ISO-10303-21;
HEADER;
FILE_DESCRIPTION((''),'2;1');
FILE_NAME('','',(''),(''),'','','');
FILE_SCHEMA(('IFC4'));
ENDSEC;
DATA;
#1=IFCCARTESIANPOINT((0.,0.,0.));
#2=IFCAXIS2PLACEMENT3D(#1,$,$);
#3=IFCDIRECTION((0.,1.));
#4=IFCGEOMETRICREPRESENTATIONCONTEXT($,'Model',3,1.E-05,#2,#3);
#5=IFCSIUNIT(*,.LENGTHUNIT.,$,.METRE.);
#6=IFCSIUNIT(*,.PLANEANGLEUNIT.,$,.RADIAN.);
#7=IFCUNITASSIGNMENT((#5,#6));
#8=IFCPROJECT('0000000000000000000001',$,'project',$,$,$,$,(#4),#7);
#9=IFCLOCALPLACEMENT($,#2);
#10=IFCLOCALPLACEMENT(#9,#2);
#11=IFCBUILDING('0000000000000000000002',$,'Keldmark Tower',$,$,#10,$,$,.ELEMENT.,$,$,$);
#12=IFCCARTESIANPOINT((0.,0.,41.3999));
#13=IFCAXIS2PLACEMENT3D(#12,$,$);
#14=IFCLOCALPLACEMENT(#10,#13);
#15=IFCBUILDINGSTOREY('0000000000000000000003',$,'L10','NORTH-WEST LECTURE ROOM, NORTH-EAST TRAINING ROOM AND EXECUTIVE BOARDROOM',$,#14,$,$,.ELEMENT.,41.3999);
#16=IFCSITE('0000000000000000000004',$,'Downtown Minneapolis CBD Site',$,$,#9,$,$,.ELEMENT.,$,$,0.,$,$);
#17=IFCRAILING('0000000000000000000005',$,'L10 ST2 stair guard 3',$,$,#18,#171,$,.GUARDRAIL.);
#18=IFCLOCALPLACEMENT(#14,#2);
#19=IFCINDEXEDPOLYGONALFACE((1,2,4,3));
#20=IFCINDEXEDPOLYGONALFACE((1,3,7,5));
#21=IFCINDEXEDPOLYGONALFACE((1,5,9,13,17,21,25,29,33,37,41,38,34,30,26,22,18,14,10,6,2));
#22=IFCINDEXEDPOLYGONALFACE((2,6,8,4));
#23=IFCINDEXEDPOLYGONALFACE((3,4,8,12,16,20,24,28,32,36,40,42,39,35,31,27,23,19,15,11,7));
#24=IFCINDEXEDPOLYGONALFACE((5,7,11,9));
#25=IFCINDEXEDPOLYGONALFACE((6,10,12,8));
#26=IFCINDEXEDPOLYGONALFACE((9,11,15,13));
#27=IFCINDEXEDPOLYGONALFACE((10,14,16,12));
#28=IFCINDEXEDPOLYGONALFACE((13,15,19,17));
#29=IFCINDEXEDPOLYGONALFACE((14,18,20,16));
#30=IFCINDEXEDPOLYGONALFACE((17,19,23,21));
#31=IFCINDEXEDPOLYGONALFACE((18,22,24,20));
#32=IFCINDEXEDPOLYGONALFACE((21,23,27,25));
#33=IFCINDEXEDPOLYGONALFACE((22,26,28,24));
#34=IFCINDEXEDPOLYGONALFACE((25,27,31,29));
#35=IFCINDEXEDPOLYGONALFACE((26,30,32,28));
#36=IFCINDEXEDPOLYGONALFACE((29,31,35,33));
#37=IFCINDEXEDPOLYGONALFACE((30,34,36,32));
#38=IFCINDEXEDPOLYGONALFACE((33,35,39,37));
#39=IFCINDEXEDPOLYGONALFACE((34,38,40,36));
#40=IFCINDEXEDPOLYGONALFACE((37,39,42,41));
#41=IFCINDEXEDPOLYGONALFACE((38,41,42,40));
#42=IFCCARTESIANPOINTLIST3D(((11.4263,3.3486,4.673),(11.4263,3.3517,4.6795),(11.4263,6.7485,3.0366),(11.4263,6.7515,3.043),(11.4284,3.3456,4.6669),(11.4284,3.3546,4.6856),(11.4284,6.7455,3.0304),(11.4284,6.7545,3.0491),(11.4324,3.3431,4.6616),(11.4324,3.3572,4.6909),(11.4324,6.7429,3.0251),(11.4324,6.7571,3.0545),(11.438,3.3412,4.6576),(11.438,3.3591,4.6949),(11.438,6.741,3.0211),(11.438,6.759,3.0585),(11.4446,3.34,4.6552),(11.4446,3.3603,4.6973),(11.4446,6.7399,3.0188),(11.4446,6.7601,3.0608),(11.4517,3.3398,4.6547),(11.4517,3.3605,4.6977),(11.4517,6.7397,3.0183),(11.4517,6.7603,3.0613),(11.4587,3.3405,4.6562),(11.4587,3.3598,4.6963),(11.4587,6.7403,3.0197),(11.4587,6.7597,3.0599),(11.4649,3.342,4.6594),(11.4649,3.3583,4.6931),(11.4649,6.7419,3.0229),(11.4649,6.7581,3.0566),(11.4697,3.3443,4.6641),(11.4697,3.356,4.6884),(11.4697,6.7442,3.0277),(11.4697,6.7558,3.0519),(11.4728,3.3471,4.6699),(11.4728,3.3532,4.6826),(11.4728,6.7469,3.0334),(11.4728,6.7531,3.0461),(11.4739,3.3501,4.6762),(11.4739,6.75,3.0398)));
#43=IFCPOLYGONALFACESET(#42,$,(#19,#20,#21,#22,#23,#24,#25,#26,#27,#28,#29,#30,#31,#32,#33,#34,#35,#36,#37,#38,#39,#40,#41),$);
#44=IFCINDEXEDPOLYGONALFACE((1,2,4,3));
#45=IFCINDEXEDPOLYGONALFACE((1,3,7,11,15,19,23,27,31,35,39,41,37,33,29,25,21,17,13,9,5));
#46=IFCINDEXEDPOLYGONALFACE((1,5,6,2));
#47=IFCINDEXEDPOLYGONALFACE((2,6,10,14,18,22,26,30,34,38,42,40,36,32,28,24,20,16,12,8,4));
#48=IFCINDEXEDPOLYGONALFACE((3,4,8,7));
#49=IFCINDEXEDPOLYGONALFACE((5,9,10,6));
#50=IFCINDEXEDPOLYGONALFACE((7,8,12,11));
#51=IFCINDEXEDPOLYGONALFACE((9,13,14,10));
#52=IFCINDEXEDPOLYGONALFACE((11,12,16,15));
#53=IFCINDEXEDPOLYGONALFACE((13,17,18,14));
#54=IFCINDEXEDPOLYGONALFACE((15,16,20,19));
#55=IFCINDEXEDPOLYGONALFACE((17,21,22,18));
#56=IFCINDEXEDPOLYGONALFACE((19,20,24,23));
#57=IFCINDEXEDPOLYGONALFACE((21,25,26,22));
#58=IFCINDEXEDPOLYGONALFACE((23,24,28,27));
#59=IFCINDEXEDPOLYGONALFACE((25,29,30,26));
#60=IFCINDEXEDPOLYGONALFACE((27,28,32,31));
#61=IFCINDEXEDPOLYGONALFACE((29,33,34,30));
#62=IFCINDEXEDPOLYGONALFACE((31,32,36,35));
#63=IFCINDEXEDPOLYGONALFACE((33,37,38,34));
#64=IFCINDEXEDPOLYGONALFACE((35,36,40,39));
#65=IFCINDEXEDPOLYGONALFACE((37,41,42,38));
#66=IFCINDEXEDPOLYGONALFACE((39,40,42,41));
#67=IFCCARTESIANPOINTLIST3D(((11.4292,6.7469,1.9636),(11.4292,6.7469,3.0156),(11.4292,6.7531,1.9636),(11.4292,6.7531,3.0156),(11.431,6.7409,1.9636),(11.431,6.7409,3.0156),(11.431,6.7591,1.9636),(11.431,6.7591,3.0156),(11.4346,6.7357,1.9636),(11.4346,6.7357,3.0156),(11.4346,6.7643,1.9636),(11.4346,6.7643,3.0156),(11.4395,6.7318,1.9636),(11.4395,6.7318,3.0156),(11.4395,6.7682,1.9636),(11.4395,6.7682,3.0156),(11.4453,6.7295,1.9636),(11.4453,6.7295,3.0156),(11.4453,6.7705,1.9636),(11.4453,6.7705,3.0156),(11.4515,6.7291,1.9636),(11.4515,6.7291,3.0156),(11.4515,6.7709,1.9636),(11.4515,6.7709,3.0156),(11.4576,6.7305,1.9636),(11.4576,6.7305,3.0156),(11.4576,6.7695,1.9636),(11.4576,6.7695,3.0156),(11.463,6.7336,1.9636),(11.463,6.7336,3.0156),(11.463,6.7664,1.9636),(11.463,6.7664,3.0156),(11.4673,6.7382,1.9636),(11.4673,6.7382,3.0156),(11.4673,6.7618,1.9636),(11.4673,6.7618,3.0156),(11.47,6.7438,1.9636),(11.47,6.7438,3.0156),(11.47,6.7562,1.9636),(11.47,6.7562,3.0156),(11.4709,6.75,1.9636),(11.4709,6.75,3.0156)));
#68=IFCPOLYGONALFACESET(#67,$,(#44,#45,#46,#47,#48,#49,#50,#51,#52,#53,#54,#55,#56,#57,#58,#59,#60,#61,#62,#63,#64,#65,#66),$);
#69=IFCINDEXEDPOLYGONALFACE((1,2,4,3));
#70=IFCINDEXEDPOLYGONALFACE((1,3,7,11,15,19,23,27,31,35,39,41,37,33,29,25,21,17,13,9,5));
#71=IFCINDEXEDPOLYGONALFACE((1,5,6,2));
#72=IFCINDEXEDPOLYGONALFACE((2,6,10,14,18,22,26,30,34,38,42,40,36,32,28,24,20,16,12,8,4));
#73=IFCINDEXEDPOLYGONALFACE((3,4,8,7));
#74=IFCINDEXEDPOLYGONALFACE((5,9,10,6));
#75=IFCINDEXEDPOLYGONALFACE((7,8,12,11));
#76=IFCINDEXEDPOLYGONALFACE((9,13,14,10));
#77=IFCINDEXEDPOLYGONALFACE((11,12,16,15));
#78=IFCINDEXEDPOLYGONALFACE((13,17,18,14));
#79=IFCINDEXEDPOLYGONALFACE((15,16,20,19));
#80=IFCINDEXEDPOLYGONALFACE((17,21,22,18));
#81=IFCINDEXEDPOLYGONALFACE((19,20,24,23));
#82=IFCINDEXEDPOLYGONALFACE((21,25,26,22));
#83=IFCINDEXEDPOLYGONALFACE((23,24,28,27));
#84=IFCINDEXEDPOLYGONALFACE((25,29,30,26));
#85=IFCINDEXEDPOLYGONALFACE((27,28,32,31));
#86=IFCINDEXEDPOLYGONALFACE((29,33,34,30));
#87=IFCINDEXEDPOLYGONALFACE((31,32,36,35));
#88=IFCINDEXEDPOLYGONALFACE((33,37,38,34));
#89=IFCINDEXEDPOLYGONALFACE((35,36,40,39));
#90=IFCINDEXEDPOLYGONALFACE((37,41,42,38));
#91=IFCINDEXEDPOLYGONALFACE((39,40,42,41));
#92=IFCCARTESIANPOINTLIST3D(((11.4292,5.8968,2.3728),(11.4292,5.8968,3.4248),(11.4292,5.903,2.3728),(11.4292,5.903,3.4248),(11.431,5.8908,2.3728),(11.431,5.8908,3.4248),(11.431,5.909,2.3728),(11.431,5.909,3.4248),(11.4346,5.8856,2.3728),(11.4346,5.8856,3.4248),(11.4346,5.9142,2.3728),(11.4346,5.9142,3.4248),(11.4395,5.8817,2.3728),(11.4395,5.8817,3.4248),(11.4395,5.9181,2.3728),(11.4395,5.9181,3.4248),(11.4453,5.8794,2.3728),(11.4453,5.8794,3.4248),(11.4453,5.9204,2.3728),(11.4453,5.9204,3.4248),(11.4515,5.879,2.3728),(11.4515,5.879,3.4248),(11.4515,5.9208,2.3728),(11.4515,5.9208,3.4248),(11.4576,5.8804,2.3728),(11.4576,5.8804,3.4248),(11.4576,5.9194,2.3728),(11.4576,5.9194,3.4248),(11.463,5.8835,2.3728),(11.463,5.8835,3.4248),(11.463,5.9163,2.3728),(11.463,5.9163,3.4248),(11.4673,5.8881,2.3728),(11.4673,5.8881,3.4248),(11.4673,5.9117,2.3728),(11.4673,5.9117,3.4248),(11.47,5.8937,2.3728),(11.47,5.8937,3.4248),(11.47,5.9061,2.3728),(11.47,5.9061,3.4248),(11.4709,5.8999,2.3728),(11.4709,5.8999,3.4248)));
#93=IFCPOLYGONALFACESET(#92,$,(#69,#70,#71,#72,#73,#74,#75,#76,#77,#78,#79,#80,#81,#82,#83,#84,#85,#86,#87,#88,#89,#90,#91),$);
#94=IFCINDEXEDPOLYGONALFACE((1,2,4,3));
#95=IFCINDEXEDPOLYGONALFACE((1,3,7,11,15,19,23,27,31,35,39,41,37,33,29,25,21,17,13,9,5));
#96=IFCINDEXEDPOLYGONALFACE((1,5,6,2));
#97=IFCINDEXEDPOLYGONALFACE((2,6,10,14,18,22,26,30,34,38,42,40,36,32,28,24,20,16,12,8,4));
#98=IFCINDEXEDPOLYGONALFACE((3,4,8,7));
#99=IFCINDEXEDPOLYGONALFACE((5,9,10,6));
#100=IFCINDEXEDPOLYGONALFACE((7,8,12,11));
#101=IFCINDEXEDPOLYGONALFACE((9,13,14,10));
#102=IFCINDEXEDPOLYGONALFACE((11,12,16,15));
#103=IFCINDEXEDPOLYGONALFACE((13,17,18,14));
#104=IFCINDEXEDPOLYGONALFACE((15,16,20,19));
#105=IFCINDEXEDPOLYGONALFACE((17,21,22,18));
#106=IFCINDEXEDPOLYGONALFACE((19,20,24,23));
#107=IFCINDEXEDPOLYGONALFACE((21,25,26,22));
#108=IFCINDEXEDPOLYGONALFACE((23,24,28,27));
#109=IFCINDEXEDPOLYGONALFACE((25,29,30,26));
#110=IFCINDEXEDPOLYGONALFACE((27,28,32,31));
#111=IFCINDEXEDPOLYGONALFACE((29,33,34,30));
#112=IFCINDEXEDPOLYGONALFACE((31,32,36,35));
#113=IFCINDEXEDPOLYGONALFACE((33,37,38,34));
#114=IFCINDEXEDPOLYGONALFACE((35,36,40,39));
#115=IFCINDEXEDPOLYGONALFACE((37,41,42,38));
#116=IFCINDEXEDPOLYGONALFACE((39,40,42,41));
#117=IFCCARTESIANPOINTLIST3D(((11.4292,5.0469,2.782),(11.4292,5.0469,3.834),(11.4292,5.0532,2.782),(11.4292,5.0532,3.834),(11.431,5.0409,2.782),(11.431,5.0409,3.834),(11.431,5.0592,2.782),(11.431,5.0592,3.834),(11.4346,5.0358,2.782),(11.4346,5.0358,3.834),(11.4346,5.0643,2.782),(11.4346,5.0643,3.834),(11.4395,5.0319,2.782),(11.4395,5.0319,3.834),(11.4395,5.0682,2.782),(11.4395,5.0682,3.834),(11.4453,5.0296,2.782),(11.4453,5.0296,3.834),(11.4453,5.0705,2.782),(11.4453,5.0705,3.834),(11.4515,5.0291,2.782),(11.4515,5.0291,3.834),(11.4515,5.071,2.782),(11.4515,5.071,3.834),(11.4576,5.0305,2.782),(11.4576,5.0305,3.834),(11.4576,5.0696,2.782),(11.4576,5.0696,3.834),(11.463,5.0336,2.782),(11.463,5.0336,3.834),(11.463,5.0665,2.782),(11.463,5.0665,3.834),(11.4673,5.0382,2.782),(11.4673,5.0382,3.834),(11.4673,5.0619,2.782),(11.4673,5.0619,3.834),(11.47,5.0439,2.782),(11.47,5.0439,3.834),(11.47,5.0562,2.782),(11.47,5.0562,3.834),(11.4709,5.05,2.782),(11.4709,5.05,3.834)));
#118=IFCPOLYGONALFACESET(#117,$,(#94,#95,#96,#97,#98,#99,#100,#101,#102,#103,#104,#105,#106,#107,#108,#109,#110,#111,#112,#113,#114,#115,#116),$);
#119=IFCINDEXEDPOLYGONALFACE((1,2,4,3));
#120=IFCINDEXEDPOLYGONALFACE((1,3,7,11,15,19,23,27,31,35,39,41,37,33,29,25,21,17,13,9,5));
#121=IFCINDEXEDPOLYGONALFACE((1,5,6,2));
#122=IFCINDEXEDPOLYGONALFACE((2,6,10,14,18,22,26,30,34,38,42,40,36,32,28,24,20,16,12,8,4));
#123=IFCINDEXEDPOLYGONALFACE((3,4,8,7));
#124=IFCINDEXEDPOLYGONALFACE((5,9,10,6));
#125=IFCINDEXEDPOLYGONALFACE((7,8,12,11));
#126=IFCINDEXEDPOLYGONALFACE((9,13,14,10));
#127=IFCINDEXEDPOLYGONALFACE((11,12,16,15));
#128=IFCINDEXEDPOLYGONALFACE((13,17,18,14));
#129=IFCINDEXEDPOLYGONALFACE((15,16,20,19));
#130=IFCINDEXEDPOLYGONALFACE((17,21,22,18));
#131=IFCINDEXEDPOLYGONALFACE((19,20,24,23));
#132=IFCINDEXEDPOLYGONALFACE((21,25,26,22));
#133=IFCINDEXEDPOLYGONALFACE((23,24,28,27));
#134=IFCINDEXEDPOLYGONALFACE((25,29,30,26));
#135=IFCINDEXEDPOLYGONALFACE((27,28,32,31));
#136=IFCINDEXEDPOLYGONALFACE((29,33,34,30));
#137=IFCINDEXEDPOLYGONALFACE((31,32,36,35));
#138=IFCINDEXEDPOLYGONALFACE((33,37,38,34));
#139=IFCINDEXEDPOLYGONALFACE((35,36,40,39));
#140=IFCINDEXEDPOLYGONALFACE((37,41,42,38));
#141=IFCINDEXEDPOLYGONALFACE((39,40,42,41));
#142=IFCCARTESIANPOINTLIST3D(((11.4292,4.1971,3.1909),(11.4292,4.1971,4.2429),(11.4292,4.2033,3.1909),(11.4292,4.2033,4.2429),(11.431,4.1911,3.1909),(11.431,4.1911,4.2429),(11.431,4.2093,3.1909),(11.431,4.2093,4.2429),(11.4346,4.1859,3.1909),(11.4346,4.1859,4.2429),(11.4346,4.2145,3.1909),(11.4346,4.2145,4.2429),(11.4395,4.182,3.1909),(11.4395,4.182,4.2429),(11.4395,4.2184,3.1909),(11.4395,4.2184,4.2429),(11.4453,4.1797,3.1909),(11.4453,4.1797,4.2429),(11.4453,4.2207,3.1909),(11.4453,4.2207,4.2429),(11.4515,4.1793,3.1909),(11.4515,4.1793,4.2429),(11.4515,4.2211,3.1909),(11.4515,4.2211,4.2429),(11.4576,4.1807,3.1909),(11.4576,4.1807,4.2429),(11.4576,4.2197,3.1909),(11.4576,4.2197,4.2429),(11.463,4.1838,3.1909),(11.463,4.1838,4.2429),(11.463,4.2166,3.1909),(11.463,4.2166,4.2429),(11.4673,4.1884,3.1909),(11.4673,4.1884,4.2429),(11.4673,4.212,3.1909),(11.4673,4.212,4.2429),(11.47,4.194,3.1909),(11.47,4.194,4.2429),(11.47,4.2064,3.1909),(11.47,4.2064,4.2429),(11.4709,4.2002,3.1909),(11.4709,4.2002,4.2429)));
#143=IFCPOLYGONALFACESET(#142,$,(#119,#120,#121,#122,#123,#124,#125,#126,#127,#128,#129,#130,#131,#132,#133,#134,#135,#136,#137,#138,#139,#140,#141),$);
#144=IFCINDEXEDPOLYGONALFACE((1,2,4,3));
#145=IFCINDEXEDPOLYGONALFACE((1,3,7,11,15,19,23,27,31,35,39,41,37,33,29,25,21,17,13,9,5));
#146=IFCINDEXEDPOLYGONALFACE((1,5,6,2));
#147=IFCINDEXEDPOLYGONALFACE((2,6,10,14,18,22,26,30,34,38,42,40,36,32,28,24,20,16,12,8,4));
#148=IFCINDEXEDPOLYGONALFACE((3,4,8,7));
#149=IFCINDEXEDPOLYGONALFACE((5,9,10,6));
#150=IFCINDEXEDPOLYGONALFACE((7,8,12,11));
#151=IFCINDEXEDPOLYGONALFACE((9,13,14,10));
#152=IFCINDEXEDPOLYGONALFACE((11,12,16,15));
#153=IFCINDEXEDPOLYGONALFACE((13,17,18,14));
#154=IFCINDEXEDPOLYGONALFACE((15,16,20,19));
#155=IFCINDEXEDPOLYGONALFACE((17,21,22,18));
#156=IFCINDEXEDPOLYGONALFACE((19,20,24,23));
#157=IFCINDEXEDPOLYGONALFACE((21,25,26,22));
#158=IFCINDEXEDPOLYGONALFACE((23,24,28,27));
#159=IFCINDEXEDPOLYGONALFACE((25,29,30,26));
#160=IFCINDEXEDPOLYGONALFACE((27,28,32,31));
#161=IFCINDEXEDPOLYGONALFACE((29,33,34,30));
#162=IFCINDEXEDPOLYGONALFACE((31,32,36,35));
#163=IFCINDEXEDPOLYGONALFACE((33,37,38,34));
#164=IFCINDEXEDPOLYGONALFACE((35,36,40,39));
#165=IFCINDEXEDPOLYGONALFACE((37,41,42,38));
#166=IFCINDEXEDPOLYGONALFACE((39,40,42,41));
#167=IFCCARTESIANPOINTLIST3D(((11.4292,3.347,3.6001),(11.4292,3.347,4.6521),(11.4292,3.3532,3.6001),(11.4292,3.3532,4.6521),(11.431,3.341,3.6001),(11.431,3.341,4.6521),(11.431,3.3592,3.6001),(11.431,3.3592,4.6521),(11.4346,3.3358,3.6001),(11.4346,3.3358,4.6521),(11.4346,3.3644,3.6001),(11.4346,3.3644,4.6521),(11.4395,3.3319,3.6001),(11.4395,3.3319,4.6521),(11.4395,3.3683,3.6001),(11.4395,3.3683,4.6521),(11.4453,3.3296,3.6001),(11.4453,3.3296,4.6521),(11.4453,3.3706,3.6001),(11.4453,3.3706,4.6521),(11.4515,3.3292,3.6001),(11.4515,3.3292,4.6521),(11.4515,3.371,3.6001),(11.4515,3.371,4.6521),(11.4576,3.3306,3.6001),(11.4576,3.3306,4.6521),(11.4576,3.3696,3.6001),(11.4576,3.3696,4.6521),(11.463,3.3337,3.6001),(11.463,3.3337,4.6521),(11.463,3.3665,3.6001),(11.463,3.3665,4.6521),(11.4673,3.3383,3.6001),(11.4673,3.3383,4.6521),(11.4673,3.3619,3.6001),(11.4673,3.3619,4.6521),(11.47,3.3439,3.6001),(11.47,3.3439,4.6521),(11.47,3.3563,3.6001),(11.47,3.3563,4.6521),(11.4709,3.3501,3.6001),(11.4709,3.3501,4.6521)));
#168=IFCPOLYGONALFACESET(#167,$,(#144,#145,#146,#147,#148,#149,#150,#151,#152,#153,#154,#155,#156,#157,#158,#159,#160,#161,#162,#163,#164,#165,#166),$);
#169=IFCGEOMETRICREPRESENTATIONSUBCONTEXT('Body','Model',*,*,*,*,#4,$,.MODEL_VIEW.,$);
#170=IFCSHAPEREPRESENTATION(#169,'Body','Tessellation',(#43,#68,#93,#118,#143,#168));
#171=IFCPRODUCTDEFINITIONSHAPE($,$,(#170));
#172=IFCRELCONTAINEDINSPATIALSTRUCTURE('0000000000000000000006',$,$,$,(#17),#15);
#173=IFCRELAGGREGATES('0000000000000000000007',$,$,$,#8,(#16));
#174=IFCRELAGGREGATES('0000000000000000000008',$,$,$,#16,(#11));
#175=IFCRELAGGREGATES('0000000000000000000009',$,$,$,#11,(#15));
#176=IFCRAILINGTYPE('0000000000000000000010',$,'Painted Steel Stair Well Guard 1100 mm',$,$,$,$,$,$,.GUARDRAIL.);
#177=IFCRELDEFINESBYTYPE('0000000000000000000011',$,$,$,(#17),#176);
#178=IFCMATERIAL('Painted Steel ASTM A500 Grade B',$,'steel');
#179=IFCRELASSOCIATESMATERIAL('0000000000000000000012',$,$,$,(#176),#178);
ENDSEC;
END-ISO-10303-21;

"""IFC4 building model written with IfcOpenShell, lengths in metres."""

from ifc_helpers import new_model, si_unit, direction, frame, origin, origin_2d, place, context, subcontext, project, spatial, circle, extrude, material, type_object, element, save


model = new_model("IFC4")

# Units and contexts
model_context = context("Model", 3, precision=1e-05, world=origin(), true_north=direction((0.0, 1.0)))
body_context = subcontext(model_context, "Body", "Model", "MODEL_VIEW")
ifc_project = project(units=[si_unit("LENGTHUNIT", "METRE"), si_unit("PLANEANGLEUNIT", "RADIAN")], contexts=[model_context])

# Site, building, storey
site_placement = place(None, origin())
site = spatial("IfcSite", under=ifc_project, at=site_placement, Name="Downtown Minneapolis CBD Site", CompositionType="ELEMENT", RefElevation=0.0)
building_placement = place(site_placement, origin())
building = spatial("IfcBuilding", under=site, at=building_placement, Name="Keldmark Tower", CompositionType="ELEMENT")
storey_placement = place(building_placement, frame((0.0, 0.0, 41.3999)))
storey = spatial("IfcBuildingStorey", under=building, at=storey_placement, Name="L10", Description="NORTH-WEST LECTURE ROOM, NORTH-EAST TRAINING ROOM AND EXECUTIVE BOARDROOM", CompositionType="ELEMENT", Elevation=41.3999)

# Railing
ifc_material_1 = material(Name="Painted Steel ASTM A500 Grade B", Category="steel")
railing_type_1 = type_object("IfcRailingType", Name="Painted Steel Stair Well Guard 1100 mm", PredefinedType="GUARDRAIL", material=ifc_material_1)
railing_1_placement = place(storey_placement, frame((11.45, 6.75, 1.9636)))
element("IfcRailing", 1, at=railing_1_placement, inside=storey, type_object=railing_type_1, Name="L10 ST2 stair guard 3", PredefinedType="GUARDRAIL", context=body_context, shape_type="SweptSolid", body=[
    extrude(circle(Radius=0.0239, at=origin_2d()), frame((0.0, 0.0, 1.0762), z_axis=(0.0, -0.901055, 0.433705), x_axis=(1.0, 0.0, 0.0)), (0.0, 0.0, 1.0), 3.7732),
    extrude(circle(Radius=0.021, at=origin_2d()), origin(), (0.0, 0.0, 1.0), 1.052),
    extrude(circle(Radius=0.021, at=origin_2d()), frame((0.0, -0.8501, 0.4092)), (0.0, 0.0, 1.0), 1.052),
    extrude(circle(Radius=0.021, at=origin_2d()), frame((0.0, -1.7, 0.8184)), (0.0, 0.0, 1.0), 1.052),
    extrude(circle(Radius=0.021, at=origin_2d()), frame((0.0, -2.5498, 1.2273)), (0.0, 0.0, 1.0), 1.052),
    extrude(circle(Radius=0.021, at=origin_2d()), frame((0.0, -3.3999, 1.6365)), (0.0, 0.0, 1.0), 1.052),
])

save(model, "model.ifc")
